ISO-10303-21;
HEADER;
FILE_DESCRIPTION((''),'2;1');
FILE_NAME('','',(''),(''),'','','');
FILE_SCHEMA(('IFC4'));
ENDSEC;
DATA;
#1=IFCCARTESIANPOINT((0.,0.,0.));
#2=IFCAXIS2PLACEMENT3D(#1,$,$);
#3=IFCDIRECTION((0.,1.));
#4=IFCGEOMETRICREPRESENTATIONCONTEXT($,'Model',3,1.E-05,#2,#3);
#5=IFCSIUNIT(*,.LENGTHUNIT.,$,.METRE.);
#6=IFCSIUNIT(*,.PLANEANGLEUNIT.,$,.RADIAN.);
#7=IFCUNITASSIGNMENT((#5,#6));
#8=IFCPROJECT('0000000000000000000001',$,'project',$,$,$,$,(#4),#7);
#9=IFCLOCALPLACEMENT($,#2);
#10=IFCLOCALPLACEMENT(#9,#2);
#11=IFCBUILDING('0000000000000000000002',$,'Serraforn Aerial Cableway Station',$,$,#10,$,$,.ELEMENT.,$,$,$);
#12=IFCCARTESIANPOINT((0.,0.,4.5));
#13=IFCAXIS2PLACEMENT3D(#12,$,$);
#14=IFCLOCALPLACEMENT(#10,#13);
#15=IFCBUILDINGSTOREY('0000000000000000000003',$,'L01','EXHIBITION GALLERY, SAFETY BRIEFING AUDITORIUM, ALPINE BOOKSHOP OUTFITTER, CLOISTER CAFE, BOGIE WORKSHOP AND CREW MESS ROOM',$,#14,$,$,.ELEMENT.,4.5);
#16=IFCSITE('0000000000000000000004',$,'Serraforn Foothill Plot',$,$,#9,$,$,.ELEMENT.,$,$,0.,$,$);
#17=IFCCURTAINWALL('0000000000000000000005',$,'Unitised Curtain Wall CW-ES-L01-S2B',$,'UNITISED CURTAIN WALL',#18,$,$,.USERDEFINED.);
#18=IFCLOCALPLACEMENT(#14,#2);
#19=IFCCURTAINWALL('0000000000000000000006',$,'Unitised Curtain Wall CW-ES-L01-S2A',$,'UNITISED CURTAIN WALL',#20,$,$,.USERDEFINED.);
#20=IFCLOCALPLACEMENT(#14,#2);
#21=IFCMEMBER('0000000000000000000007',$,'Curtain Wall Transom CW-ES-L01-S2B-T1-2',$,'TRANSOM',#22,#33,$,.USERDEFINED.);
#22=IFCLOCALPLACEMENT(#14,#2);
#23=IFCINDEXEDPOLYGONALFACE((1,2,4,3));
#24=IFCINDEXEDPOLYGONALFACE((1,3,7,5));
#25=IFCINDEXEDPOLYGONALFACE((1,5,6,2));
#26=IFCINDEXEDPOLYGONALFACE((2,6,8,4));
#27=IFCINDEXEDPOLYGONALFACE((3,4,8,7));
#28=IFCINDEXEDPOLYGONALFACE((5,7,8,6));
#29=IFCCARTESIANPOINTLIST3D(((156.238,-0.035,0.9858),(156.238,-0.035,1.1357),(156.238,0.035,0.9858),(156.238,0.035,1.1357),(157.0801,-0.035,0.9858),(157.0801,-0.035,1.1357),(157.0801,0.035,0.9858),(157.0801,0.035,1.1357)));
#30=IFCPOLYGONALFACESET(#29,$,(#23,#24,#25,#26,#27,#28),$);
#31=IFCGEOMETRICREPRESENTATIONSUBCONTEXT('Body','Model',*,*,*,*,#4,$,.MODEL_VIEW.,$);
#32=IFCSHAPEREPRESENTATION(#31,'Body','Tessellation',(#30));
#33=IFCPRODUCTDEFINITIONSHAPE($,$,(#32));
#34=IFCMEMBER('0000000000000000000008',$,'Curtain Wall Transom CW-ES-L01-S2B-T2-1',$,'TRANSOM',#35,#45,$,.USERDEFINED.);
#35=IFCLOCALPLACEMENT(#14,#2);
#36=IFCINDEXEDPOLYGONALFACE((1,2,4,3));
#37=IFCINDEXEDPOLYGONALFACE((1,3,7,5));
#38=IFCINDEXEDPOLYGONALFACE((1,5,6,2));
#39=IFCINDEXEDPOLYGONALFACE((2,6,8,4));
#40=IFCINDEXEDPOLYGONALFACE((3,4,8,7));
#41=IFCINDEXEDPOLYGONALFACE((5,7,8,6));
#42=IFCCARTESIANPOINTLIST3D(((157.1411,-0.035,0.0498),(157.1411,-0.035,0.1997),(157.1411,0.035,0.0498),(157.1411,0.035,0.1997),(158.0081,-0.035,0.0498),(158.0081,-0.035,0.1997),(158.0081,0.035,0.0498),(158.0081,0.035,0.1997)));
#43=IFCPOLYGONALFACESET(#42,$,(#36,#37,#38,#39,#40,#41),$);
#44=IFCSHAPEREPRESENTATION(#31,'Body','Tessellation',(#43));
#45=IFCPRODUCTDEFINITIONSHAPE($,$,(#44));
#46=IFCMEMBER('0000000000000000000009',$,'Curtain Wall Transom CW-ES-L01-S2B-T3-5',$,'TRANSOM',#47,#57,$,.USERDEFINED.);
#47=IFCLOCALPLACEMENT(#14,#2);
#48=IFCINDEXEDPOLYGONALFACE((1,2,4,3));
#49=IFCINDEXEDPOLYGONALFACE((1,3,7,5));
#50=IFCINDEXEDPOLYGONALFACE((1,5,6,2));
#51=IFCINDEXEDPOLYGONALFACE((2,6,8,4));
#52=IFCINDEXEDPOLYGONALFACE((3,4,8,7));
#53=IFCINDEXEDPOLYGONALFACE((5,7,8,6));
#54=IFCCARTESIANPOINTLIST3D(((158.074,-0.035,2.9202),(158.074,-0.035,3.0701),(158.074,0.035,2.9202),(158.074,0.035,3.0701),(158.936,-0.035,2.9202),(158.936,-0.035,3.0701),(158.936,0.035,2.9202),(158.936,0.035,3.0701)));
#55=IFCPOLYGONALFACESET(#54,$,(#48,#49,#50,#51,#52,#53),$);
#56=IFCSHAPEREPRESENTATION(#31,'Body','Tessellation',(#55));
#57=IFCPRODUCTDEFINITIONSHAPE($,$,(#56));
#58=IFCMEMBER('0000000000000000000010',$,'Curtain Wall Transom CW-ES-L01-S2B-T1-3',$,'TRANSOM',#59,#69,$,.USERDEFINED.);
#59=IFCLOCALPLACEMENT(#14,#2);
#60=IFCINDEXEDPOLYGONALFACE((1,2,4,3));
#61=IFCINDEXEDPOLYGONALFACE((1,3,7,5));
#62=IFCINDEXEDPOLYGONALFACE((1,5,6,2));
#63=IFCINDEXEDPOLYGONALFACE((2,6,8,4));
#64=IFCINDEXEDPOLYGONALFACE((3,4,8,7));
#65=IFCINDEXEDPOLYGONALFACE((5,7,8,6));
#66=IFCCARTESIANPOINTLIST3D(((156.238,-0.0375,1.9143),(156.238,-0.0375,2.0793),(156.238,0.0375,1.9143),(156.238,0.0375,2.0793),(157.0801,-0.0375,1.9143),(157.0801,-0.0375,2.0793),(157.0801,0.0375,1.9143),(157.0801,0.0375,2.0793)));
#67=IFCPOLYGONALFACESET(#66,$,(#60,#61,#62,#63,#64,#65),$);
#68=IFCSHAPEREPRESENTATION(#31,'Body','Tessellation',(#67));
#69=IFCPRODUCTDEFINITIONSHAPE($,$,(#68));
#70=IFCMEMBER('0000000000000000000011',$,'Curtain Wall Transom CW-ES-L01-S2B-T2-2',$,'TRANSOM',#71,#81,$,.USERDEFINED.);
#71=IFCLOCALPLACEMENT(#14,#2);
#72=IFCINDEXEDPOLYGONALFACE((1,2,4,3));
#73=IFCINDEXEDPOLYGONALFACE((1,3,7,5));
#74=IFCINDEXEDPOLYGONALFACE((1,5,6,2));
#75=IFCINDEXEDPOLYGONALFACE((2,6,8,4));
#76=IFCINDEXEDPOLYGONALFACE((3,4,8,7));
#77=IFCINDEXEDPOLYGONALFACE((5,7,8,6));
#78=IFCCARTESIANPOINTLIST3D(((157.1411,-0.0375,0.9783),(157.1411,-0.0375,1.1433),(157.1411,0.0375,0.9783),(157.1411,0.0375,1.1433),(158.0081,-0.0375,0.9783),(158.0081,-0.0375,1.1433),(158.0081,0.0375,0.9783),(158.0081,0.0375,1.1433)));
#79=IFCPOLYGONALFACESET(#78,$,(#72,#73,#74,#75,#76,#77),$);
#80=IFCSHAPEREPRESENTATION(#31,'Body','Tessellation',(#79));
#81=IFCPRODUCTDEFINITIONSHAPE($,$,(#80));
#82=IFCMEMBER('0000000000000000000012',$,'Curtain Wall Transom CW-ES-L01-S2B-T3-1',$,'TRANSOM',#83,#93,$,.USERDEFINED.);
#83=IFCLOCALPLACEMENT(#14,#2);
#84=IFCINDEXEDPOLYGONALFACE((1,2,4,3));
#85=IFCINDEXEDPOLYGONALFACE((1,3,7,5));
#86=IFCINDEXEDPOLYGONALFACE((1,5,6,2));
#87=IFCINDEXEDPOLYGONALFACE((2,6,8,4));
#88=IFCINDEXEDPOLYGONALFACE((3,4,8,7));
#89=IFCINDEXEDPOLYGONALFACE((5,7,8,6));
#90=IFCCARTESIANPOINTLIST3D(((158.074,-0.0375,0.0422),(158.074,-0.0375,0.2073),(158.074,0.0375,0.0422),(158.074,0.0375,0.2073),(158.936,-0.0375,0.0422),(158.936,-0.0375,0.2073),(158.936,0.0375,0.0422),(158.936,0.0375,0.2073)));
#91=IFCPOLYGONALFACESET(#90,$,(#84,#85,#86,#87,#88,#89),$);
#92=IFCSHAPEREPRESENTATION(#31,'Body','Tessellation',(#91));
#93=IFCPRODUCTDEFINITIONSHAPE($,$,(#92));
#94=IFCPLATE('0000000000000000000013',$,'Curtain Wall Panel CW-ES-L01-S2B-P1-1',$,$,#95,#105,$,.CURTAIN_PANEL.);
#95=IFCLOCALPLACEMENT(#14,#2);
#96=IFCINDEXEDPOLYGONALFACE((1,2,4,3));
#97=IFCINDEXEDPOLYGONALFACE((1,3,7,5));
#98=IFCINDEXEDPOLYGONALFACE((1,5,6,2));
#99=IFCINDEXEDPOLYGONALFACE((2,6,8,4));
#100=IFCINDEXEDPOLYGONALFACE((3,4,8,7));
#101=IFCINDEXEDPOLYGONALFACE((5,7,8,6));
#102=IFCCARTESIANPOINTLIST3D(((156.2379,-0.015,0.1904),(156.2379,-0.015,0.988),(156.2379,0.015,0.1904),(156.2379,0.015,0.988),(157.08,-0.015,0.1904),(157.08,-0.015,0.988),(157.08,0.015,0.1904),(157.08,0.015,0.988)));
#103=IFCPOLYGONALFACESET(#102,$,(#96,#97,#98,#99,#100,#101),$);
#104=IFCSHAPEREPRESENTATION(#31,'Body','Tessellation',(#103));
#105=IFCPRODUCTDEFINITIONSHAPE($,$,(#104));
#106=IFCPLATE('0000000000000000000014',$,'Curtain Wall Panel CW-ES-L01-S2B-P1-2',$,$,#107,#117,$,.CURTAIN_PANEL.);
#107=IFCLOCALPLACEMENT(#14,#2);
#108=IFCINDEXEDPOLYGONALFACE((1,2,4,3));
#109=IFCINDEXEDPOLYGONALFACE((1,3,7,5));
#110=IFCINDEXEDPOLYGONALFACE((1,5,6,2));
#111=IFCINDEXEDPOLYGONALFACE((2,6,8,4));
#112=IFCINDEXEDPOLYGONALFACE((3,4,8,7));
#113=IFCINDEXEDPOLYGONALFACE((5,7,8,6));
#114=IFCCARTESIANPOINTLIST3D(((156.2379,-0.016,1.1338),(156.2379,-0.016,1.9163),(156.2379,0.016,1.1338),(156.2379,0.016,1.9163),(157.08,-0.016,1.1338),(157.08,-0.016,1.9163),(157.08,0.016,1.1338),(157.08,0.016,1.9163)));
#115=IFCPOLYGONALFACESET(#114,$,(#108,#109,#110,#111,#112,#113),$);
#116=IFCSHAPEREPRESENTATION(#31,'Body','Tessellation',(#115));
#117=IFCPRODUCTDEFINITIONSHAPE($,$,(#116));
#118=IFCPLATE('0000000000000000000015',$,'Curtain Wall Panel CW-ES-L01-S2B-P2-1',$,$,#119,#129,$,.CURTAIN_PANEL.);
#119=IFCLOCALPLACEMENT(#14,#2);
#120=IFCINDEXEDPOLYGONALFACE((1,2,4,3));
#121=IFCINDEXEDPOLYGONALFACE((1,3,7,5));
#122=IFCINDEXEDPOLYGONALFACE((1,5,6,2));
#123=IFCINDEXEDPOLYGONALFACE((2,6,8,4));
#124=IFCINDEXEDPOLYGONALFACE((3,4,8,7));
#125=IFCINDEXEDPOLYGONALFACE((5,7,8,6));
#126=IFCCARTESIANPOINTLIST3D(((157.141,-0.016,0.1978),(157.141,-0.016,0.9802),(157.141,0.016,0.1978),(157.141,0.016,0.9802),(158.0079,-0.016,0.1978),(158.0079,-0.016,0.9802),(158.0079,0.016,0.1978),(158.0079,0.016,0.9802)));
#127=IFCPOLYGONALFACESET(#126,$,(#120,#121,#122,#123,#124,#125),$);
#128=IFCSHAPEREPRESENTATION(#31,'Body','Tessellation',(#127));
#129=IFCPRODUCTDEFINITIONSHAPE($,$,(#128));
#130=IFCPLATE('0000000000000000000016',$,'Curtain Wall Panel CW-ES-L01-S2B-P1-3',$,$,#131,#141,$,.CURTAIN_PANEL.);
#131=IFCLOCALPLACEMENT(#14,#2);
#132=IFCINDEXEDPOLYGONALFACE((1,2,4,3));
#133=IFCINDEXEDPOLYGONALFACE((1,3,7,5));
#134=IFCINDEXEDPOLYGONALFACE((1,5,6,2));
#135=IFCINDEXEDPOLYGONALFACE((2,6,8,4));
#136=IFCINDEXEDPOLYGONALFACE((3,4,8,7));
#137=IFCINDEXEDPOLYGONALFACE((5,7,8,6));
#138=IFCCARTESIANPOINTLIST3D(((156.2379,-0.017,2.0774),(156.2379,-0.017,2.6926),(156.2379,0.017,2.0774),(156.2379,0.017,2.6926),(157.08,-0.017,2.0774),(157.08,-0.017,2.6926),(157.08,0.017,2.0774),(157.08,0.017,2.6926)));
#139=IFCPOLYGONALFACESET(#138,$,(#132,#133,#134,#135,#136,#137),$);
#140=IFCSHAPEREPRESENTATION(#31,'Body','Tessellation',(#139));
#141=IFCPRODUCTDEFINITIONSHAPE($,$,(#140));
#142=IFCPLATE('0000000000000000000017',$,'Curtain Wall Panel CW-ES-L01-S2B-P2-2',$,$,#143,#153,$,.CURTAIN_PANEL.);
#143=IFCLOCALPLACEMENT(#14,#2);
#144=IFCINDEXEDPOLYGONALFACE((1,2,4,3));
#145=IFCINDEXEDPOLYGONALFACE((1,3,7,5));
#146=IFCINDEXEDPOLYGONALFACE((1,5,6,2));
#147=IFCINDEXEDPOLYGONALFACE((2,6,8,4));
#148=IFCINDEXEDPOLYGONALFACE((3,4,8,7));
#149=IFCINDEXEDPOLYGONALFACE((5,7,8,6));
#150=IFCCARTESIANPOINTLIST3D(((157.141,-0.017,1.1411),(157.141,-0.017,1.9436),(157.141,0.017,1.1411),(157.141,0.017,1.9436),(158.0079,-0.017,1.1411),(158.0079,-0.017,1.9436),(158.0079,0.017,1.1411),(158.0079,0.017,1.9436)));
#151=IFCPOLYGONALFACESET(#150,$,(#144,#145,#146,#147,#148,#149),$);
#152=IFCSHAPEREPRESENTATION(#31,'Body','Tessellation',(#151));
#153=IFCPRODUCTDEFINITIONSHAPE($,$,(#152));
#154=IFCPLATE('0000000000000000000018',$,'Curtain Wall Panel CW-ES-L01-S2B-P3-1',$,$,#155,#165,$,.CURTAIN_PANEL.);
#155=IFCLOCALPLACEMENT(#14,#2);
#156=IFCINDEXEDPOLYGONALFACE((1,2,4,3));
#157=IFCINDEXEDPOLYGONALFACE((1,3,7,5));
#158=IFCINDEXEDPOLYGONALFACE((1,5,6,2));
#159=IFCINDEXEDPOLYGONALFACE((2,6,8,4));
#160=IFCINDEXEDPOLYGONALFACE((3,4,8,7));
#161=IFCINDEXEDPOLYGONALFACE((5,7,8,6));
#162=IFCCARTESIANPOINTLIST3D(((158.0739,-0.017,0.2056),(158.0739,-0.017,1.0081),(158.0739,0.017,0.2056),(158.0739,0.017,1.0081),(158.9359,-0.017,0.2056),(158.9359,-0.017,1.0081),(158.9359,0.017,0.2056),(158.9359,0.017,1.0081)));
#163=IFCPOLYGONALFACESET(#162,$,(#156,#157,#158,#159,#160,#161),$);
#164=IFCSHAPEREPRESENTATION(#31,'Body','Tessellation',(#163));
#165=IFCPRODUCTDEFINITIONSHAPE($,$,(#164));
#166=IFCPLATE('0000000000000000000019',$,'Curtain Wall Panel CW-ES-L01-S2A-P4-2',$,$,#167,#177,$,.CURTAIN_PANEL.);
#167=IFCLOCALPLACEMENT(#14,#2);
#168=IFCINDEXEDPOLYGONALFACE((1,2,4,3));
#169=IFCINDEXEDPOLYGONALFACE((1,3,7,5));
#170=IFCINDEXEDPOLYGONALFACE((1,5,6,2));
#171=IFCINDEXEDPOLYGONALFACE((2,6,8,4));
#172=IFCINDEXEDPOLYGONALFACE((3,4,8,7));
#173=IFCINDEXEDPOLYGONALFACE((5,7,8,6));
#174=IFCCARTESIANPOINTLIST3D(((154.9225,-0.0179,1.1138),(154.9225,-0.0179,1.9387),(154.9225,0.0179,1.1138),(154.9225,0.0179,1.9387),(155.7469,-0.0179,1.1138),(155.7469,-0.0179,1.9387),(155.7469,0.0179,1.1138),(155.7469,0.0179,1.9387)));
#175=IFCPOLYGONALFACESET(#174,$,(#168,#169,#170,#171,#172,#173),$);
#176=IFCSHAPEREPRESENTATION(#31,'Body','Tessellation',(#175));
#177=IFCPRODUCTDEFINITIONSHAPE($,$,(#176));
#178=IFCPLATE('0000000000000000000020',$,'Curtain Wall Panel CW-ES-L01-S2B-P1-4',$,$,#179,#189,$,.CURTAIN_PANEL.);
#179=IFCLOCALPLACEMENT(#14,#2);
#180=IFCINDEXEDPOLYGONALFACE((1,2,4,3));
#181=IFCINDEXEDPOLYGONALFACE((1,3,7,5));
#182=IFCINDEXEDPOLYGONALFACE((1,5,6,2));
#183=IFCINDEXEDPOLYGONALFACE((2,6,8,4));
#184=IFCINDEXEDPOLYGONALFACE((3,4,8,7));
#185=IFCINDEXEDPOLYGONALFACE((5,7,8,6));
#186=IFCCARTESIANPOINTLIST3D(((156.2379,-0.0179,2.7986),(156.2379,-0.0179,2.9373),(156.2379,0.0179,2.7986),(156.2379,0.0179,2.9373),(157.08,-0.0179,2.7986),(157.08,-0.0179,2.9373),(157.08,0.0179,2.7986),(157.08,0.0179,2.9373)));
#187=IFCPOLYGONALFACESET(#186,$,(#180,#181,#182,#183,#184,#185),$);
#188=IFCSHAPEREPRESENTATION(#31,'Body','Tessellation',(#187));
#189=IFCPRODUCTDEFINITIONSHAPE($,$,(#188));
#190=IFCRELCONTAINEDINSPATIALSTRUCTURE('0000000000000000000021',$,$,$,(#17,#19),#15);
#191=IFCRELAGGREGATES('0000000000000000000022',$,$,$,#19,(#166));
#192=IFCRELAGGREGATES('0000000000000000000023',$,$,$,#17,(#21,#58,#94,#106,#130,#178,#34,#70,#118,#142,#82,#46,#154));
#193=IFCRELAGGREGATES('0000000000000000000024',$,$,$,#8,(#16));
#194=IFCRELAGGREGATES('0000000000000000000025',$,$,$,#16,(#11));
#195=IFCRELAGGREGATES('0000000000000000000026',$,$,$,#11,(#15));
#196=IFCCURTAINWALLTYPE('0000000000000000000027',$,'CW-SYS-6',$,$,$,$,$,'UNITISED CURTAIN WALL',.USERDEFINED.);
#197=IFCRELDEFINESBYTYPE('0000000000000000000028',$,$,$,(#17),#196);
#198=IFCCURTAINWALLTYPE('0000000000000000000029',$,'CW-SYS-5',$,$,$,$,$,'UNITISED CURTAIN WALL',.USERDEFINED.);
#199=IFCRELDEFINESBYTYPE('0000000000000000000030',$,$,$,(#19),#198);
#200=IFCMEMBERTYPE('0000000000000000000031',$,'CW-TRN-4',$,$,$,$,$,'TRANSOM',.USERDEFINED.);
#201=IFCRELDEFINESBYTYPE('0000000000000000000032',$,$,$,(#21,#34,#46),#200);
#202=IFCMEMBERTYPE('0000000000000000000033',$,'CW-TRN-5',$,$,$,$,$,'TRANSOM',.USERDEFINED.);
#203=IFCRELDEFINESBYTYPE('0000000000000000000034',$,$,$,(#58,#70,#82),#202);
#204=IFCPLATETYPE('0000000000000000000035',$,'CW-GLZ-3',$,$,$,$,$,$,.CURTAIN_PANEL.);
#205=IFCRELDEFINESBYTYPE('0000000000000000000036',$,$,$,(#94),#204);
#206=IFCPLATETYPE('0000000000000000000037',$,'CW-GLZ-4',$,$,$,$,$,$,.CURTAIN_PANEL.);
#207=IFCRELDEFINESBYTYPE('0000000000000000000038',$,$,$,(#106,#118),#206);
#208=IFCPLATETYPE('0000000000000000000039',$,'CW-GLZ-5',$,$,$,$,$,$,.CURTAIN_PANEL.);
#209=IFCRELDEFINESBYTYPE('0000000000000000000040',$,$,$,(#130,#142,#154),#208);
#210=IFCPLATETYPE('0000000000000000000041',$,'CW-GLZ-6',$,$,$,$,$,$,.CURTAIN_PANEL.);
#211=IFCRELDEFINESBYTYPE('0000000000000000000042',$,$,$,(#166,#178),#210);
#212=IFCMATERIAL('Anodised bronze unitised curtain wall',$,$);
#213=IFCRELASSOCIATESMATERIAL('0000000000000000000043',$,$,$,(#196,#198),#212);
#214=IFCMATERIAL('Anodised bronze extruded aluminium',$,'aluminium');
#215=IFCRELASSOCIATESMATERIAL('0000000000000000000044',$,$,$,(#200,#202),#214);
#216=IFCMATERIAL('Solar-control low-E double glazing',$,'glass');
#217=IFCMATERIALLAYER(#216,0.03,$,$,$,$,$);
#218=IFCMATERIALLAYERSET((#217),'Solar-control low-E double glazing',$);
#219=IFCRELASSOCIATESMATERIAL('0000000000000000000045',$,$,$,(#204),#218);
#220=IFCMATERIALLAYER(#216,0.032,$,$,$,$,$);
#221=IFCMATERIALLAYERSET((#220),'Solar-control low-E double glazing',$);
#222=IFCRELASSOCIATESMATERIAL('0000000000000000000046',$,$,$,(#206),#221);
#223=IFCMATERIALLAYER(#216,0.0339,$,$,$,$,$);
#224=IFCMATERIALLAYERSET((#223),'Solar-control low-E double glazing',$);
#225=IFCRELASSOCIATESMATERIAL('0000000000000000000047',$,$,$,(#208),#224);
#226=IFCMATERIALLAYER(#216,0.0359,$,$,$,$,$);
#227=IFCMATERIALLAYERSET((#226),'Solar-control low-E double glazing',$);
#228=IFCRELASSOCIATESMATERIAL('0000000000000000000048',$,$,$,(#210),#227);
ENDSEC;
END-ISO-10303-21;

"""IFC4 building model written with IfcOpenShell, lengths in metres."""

from ifc_helpers import new_model, si_unit, direction, frame, origin, origin_2d, place, context, subcontext, project, spatial, rectangle, extrude, material, layer, layer_set, material_profile, profile_set, type_object, element, aggregate, save


model = new_model("IFC4")

# Units and contexts
model_context = context("Model", 3, precision=1e-05, world=origin(), true_north=direction((0.0, 1.0)))
body_context = subcontext(model_context, "Body", "Model", "MODEL_VIEW")
ifc_project = project(units=[si_unit("LENGTHUNIT", "METRE"), si_unit("PLANEANGLEUNIT", "RADIAN")], contexts=[model_context])

# Site, building, storey
site_placement = place(None, origin())
site = spatial("IfcSite", under=ifc_project, at=site_placement, Name="Serraforn Foothill Plot", CompositionType="ELEMENT", RefElevation=0.0)
building_placement = place(site_placement, origin())
building = spatial("IfcBuilding", under=site, at=building_placement, Name="Serraforn Aerial Cableway Station", CompositionType="ELEMENT")
storey_placement = place(building_placement, frame((0.0, 0.0, 4.5)))
storey = spatial("IfcBuildingStorey", under=building, at=storey_placement, Name="L01", Description="EXHIBITION GALLERY, SAFETY BRIEFING AUDITORIUM, ALPINE BOOKSHOP OUTFITTER, CLOISTER CAFE, BOGIE WORKSHOP AND CREW MESS ROOM", CompositionType="ELEMENT", Elevation=4.5)

# Curtain wall
ifc_material_1 = material(Name="Anodised bronze unitised curtain wall")
curtain_wall_type_1 = type_object("IfcCurtainWallType", Name="CW-SYS-6", ElementType="UNITISED CURTAIN WALL", PredefinedType="USERDEFINED", material=ifc_material_1)
curtain_wall_1_placement = place(storey_placement, origin())
curtain_wall_1 = element("IfcCurtainWall", 1, at=curtain_wall_1_placement, inside=storey, type_object=curtain_wall_type_1, Name="Unitised Curtain Wall CW-ES-L01-S2B", ObjectType="UNITISED CURTAIN WALL", PredefinedType="USERDEFINED")
ifc_material_2 = material(Name="Anodised bronze extruded aluminium", Category="aluminium")

# Curtain wall
curtain_wall_type_2 = type_object("IfcCurtainWallType", Name="CW-SYS-5", ElementType="UNITISED CURTAIN WALL", PredefinedType="USERDEFINED", material=ifc_material_1)
curtain_wall_2_placement = place(storey_placement, origin())
curtain_wall_2 = element("IfcCurtainWall", 2, at=curtain_wall_2_placement, inside=storey, type_object=curtain_wall_type_2, Name="Unitised Curtain Wall CW-ES-L01-S2A", ObjectType="UNITISED CURTAIN WALL", PredefinedType="USERDEFINED")

# Members
ifc_material_profile_1 = material_profile(ifc_material_2, rectangle(XDim=0.0701, YDim=0.1499, at=origin_2d()), Name="CW TRANSOM 70x150")
ifc_profile_set_1 = profile_set([ifc_material_profile_1], Name="Anodised bronze extruded aluminium")
member_type_1 = type_object("IfcMemberType", Name="CW-TRN-4", ElementType="TRANSOM", PredefinedType="USERDEFINED", material=ifc_profile_set_1)
member_1_placement = place(storey_placement, frame((156.238, 0.0, 1.0608), z_axis=(1.0, 0.0, 0.0), x_axis=(0.0, 1.0, 0.0)))
member_1 = element("IfcMember", 3, at=member_1_placement, type_object=member_type_1, Name="Curtain Wall Transom CW-ES-L01-S2B-T1-2", ObjectType="TRANSOM", PredefinedType="USERDEFINED", context=body_context, shape_type="SweptSolid", body=[
    extrude(rectangle(XDim=0.0701, YDim=0.1499, at=origin_2d()), origin(), (0.0, 0.0, 1.0), 0.842),
])
member_2_placement = place(storey_placement, frame((157.1411, 0.0, 0.1248), z_axis=(1.0, 0.0, 0.0), x_axis=(0.0, 1.0, 0.0)))
member_2 = element("IfcMember", 4, at=member_2_placement, type_object=member_type_1, Name="Curtain Wall Transom CW-ES-L01-S2B-T2-1", ObjectType="TRANSOM", PredefinedType="USERDEFINED", context=body_context, shape_type="SweptSolid", body=[
    extrude(rectangle(XDim=0.0701, YDim=0.1499, at=origin_2d()), origin(), (0.0, 0.0, 1.0), 0.8669),
])
member_3_placement = place(storey_placement, frame((158.074, 0.0, 2.9951), z_axis=(1.0, 0.0, 0.0), x_axis=(0.0, 1.0, 0.0)))
member_3 = element("IfcMember", 5, at=member_3_placement, type_object=member_type_1, Name="Curtain Wall Transom CW-ES-L01-S2B-T3-5", ObjectType="TRANSOM", PredefinedType="USERDEFINED", context=body_context, shape_type="SweptSolid", body=[
    extrude(rectangle(XDim=0.0701, YDim=0.1499, at=origin_2d()), origin(), (0.0, 0.0, 1.0), 0.8621),
])
ifc_material_profile_2 = material_profile(ifc_material_2, rectangle(XDim=0.075, YDim=0.165, at=origin_2d()), Name="CW TRANSOM 75x165")
ifc_profile_set_2 = profile_set([ifc_material_profile_2], Name="Anodised bronze extruded aluminium")
member_type_2 = type_object("IfcMemberType", Name="CW-TRN-5", ElementType="TRANSOM", PredefinedType="USERDEFINED", material=ifc_profile_set_2)
member_4_placement = place(storey_placement, frame((156.238, 0.0, 1.9968), z_axis=(1.0, 0.0, 0.0), x_axis=(0.0, 1.0, 0.0)))
member_4 = element("IfcMember", 6, at=member_4_placement, type_object=member_type_2, Name="Curtain Wall Transom CW-ES-L01-S2B-T1-3", ObjectType="TRANSOM", PredefinedType="USERDEFINED", context=body_context, shape_type="SweptSolid", body=[
    extrude(rectangle(XDim=0.075, YDim=0.165, at=origin_2d()), origin(), (0.0, 0.0, 1.0), 0.842),
])
member_5_placement = place(storey_placement, frame((157.1411, 0.0, 1.0608), z_axis=(1.0, 0.0, 0.0), x_axis=(0.0, 1.0, 0.0)))
member_5 = element("IfcMember", 7, at=member_5_placement, type_object=member_type_2, Name="Curtain Wall Transom CW-ES-L01-S2B-T2-2", ObjectType="TRANSOM", PredefinedType="USERDEFINED", context=body_context, shape_type="SweptSolid", body=[
    extrude(rectangle(XDim=0.075, YDim=0.165, at=origin_2d()), origin(), (0.0, 0.0, 1.0), 0.8669),
])
member_6_placement = place(storey_placement, frame((158.074, 0.0, 0.1248), z_axis=(1.0, 0.0, 0.0), x_axis=(0.0, 1.0, 0.0)))
member_6 = element("IfcMember", 8, at=member_6_placement, type_object=member_type_2, Name="Curtain Wall Transom CW-ES-L01-S2B-T3-1", ObjectType="TRANSOM", PredefinedType="USERDEFINED", context=body_context, shape_type="SweptSolid", body=[
    extrude(rectangle(XDim=0.075, YDim=0.165, at=origin_2d()), origin(), (0.0, 0.0, 1.0), 0.8621),
])

# Plates
ifc_material_3 = material(Name="Solar-control low-E double glazing", Category="glass")
ifc_layer_1 = layer(ifc_material_3, 0.03)
ifc_layer_set_1 = layer_set([ifc_layer_1], Name="Solar-control low-E double glazing")
plate_type_1 = type_object("IfcPlateType", Name="CW-GLZ-3", PredefinedType="CURTAIN_PANEL", material=ifc_layer_set_1)
plate_1_placement = place(storey_placement, frame((156.6589, 0.0, 0.1904), z_axis=(0.0, 0.0, 1.0), x_axis=(1.0, 0.0, 0.0)))
plate_1 = element("IfcPlate", 9, at=plate_1_placement, type_object=plate_type_1, Name="Curtain Wall Panel CW-ES-L01-S2B-P1-1", PredefinedType="CURTAIN_PANEL", context=body_context, shape_type="SweptSolid", body=[
    extrude(rectangle(XDim=0.842, YDim=0.03, at=origin_2d()), origin(), (0.0, 0.0, 1.0), 0.7976),
])
ifc_layer_2 = layer(ifc_material_3, 0.032)
ifc_layer_set_2 = layer_set([ifc_layer_2], Name="Solar-control low-E double glazing")
plate_type_2 = type_object("IfcPlateType", Name="CW-GLZ-4", PredefinedType="CURTAIN_PANEL", material=ifc_layer_set_2)
plate_2_placement = place(storey_placement, frame((156.6589, 0.0, 1.1338), z_axis=(0.0, 0.0, 1.0), x_axis=(1.0, 0.0, 0.0)))
plate_2 = element("IfcPlate", 10, at=plate_2_placement, type_object=plate_type_2, Name="Curtain Wall Panel CW-ES-L01-S2B-P1-2", PredefinedType="CURTAIN_PANEL", context=body_context, shape_type="SweptSolid", body=[
    extrude(rectangle(XDim=0.842, YDim=0.032, at=origin_2d()), origin(), (0.0, 0.0, 1.0), 0.7825),
])
plate_3_placement = place(storey_placement, frame((157.5745, 0.0, 0.1978), z_axis=(0.0, 0.0, 1.0), x_axis=(1.0, 0.0, 0.0)))
plate_3 = element("IfcPlate", 11, at=plate_3_placement, type_object=plate_type_2, Name="Curtain Wall Panel CW-ES-L01-S2B-P2-1", PredefinedType="CURTAIN_PANEL", context=body_context, shape_type="SweptSolid", body=[
    extrude(rectangle(XDim=0.8669, YDim=0.032, at=origin_2d()), origin(), (0.0, 0.0, 1.0), 0.7825),
])
ifc_layer_3 = layer(ifc_material_3, 0.0339)
ifc_layer_set_3 = layer_set([ifc_layer_3], Name="Solar-control low-E double glazing")
plate_type_3 = type_object("IfcPlateType", Name="CW-GLZ-5", PredefinedType="CURTAIN_PANEL", material=ifc_layer_set_3)
plate_4_placement = place(storey_placement, frame((156.6589, 0.0, 2.0774), z_axis=(0.0, 0.0, 1.0), x_axis=(1.0, 0.0, 0.0)))
plate_4 = element("IfcPlate", 12, at=plate_4_placement, type_object=plate_type_3, Name="Curtain Wall Panel CW-ES-L01-S2B-P1-3", PredefinedType="CURTAIN_PANEL", context=body_context, shape_type="SweptSolid", body=[
    extrude(rectangle(XDim=0.842, YDim=0.0339, at=origin_2d()), origin(), (0.0, 0.0, 1.0), 0.6152),
])
plate_5_placement = place(storey_placement, frame((157.5745, 0.0, 1.1411), z_axis=(0.0, 0.0, 1.0), x_axis=(1.0, 0.0, 0.0)))
plate_5 = element("IfcPlate", 13, at=plate_5_placement, type_object=plate_type_3, Name="Curtain Wall Panel CW-ES-L01-S2B-P2-2", PredefinedType="CURTAIN_PANEL", context=body_context, shape_type="SweptSolid", body=[
    extrude(rectangle(XDim=0.8669, YDim=0.0339, at=origin_2d()), origin(), (0.0, 0.0, 1.0), 0.8025),
])
plate_6_placement = place(storey_placement, frame((158.5049, 0.0, 0.2056), z_axis=(0.0, 0.0, 1.0), x_axis=(1.0, 0.0, 0.0)))
plate_6 = element("IfcPlate", 14, at=plate_6_placement, type_object=plate_type_3, Name="Curtain Wall Panel CW-ES-L01-S2B-P3-1", PredefinedType="CURTAIN_PANEL", context=body_context, shape_type="SweptSolid", body=[
    extrude(rectangle(XDim=0.8621, YDim=0.0339, at=origin_2d()), origin(), (0.0, 0.0, 1.0), 0.8025),
])
ifc_layer_4 = layer(ifc_material_3, 0.0359)
ifc_layer_set_4 = layer_set([ifc_layer_4], Name="Solar-control low-E double glazing")
plate_type_4 = type_object("IfcPlateType", Name="CW-GLZ-6", PredefinedType="CURTAIN_PANEL", material=ifc_layer_set_4)
plate_7_placement = place(storey_placement, frame((155.3347, 0.0, 1.1138), z_axis=(0.0, 0.0, 1.0), x_axis=(1.0, 0.0, 0.0)))
plate_7 = element("IfcPlate", 15, at=plate_7_placement, type_object=plate_type_4, Name="Curtain Wall Panel CW-ES-L01-S2A-P4-2", PredefinedType="CURTAIN_PANEL", context=body_context, shape_type="SweptSolid", body=[
    extrude(rectangle(XDim=0.8245, YDim=0.0359, at=origin_2d()), origin(), (0.0, 0.0, 1.0), 0.825),
])
plate_8_placement = place(storey_placement, frame((156.6589, 0.0, 2.7986), z_axis=(0.0, 0.0, 1.0), x_axis=(1.0, 0.0, 0.0)))
plate_8 = element("IfcPlate", 16, at=plate_8_placement, type_object=plate_type_4, Name="Curtain Wall Panel CW-ES-L01-S2B-P1-4", PredefinedType="CURTAIN_PANEL", context=body_context, shape_type="SweptSolid", body=[
    extrude(rectangle(XDim=0.842, YDim=0.0359, at=origin_2d()), origin(), (0.0, 0.0, 1.0), 0.1387),
])
aggregate(curtain_wall_2, [plate_7])
aggregate(curtain_wall_1, [member_1, member_4, plate_1, plate_2, plate_4, plate_8, member_2, member_5, plate_3, plate_5, member_6, member_3, plate_6])

save(model, "model.ifc")
